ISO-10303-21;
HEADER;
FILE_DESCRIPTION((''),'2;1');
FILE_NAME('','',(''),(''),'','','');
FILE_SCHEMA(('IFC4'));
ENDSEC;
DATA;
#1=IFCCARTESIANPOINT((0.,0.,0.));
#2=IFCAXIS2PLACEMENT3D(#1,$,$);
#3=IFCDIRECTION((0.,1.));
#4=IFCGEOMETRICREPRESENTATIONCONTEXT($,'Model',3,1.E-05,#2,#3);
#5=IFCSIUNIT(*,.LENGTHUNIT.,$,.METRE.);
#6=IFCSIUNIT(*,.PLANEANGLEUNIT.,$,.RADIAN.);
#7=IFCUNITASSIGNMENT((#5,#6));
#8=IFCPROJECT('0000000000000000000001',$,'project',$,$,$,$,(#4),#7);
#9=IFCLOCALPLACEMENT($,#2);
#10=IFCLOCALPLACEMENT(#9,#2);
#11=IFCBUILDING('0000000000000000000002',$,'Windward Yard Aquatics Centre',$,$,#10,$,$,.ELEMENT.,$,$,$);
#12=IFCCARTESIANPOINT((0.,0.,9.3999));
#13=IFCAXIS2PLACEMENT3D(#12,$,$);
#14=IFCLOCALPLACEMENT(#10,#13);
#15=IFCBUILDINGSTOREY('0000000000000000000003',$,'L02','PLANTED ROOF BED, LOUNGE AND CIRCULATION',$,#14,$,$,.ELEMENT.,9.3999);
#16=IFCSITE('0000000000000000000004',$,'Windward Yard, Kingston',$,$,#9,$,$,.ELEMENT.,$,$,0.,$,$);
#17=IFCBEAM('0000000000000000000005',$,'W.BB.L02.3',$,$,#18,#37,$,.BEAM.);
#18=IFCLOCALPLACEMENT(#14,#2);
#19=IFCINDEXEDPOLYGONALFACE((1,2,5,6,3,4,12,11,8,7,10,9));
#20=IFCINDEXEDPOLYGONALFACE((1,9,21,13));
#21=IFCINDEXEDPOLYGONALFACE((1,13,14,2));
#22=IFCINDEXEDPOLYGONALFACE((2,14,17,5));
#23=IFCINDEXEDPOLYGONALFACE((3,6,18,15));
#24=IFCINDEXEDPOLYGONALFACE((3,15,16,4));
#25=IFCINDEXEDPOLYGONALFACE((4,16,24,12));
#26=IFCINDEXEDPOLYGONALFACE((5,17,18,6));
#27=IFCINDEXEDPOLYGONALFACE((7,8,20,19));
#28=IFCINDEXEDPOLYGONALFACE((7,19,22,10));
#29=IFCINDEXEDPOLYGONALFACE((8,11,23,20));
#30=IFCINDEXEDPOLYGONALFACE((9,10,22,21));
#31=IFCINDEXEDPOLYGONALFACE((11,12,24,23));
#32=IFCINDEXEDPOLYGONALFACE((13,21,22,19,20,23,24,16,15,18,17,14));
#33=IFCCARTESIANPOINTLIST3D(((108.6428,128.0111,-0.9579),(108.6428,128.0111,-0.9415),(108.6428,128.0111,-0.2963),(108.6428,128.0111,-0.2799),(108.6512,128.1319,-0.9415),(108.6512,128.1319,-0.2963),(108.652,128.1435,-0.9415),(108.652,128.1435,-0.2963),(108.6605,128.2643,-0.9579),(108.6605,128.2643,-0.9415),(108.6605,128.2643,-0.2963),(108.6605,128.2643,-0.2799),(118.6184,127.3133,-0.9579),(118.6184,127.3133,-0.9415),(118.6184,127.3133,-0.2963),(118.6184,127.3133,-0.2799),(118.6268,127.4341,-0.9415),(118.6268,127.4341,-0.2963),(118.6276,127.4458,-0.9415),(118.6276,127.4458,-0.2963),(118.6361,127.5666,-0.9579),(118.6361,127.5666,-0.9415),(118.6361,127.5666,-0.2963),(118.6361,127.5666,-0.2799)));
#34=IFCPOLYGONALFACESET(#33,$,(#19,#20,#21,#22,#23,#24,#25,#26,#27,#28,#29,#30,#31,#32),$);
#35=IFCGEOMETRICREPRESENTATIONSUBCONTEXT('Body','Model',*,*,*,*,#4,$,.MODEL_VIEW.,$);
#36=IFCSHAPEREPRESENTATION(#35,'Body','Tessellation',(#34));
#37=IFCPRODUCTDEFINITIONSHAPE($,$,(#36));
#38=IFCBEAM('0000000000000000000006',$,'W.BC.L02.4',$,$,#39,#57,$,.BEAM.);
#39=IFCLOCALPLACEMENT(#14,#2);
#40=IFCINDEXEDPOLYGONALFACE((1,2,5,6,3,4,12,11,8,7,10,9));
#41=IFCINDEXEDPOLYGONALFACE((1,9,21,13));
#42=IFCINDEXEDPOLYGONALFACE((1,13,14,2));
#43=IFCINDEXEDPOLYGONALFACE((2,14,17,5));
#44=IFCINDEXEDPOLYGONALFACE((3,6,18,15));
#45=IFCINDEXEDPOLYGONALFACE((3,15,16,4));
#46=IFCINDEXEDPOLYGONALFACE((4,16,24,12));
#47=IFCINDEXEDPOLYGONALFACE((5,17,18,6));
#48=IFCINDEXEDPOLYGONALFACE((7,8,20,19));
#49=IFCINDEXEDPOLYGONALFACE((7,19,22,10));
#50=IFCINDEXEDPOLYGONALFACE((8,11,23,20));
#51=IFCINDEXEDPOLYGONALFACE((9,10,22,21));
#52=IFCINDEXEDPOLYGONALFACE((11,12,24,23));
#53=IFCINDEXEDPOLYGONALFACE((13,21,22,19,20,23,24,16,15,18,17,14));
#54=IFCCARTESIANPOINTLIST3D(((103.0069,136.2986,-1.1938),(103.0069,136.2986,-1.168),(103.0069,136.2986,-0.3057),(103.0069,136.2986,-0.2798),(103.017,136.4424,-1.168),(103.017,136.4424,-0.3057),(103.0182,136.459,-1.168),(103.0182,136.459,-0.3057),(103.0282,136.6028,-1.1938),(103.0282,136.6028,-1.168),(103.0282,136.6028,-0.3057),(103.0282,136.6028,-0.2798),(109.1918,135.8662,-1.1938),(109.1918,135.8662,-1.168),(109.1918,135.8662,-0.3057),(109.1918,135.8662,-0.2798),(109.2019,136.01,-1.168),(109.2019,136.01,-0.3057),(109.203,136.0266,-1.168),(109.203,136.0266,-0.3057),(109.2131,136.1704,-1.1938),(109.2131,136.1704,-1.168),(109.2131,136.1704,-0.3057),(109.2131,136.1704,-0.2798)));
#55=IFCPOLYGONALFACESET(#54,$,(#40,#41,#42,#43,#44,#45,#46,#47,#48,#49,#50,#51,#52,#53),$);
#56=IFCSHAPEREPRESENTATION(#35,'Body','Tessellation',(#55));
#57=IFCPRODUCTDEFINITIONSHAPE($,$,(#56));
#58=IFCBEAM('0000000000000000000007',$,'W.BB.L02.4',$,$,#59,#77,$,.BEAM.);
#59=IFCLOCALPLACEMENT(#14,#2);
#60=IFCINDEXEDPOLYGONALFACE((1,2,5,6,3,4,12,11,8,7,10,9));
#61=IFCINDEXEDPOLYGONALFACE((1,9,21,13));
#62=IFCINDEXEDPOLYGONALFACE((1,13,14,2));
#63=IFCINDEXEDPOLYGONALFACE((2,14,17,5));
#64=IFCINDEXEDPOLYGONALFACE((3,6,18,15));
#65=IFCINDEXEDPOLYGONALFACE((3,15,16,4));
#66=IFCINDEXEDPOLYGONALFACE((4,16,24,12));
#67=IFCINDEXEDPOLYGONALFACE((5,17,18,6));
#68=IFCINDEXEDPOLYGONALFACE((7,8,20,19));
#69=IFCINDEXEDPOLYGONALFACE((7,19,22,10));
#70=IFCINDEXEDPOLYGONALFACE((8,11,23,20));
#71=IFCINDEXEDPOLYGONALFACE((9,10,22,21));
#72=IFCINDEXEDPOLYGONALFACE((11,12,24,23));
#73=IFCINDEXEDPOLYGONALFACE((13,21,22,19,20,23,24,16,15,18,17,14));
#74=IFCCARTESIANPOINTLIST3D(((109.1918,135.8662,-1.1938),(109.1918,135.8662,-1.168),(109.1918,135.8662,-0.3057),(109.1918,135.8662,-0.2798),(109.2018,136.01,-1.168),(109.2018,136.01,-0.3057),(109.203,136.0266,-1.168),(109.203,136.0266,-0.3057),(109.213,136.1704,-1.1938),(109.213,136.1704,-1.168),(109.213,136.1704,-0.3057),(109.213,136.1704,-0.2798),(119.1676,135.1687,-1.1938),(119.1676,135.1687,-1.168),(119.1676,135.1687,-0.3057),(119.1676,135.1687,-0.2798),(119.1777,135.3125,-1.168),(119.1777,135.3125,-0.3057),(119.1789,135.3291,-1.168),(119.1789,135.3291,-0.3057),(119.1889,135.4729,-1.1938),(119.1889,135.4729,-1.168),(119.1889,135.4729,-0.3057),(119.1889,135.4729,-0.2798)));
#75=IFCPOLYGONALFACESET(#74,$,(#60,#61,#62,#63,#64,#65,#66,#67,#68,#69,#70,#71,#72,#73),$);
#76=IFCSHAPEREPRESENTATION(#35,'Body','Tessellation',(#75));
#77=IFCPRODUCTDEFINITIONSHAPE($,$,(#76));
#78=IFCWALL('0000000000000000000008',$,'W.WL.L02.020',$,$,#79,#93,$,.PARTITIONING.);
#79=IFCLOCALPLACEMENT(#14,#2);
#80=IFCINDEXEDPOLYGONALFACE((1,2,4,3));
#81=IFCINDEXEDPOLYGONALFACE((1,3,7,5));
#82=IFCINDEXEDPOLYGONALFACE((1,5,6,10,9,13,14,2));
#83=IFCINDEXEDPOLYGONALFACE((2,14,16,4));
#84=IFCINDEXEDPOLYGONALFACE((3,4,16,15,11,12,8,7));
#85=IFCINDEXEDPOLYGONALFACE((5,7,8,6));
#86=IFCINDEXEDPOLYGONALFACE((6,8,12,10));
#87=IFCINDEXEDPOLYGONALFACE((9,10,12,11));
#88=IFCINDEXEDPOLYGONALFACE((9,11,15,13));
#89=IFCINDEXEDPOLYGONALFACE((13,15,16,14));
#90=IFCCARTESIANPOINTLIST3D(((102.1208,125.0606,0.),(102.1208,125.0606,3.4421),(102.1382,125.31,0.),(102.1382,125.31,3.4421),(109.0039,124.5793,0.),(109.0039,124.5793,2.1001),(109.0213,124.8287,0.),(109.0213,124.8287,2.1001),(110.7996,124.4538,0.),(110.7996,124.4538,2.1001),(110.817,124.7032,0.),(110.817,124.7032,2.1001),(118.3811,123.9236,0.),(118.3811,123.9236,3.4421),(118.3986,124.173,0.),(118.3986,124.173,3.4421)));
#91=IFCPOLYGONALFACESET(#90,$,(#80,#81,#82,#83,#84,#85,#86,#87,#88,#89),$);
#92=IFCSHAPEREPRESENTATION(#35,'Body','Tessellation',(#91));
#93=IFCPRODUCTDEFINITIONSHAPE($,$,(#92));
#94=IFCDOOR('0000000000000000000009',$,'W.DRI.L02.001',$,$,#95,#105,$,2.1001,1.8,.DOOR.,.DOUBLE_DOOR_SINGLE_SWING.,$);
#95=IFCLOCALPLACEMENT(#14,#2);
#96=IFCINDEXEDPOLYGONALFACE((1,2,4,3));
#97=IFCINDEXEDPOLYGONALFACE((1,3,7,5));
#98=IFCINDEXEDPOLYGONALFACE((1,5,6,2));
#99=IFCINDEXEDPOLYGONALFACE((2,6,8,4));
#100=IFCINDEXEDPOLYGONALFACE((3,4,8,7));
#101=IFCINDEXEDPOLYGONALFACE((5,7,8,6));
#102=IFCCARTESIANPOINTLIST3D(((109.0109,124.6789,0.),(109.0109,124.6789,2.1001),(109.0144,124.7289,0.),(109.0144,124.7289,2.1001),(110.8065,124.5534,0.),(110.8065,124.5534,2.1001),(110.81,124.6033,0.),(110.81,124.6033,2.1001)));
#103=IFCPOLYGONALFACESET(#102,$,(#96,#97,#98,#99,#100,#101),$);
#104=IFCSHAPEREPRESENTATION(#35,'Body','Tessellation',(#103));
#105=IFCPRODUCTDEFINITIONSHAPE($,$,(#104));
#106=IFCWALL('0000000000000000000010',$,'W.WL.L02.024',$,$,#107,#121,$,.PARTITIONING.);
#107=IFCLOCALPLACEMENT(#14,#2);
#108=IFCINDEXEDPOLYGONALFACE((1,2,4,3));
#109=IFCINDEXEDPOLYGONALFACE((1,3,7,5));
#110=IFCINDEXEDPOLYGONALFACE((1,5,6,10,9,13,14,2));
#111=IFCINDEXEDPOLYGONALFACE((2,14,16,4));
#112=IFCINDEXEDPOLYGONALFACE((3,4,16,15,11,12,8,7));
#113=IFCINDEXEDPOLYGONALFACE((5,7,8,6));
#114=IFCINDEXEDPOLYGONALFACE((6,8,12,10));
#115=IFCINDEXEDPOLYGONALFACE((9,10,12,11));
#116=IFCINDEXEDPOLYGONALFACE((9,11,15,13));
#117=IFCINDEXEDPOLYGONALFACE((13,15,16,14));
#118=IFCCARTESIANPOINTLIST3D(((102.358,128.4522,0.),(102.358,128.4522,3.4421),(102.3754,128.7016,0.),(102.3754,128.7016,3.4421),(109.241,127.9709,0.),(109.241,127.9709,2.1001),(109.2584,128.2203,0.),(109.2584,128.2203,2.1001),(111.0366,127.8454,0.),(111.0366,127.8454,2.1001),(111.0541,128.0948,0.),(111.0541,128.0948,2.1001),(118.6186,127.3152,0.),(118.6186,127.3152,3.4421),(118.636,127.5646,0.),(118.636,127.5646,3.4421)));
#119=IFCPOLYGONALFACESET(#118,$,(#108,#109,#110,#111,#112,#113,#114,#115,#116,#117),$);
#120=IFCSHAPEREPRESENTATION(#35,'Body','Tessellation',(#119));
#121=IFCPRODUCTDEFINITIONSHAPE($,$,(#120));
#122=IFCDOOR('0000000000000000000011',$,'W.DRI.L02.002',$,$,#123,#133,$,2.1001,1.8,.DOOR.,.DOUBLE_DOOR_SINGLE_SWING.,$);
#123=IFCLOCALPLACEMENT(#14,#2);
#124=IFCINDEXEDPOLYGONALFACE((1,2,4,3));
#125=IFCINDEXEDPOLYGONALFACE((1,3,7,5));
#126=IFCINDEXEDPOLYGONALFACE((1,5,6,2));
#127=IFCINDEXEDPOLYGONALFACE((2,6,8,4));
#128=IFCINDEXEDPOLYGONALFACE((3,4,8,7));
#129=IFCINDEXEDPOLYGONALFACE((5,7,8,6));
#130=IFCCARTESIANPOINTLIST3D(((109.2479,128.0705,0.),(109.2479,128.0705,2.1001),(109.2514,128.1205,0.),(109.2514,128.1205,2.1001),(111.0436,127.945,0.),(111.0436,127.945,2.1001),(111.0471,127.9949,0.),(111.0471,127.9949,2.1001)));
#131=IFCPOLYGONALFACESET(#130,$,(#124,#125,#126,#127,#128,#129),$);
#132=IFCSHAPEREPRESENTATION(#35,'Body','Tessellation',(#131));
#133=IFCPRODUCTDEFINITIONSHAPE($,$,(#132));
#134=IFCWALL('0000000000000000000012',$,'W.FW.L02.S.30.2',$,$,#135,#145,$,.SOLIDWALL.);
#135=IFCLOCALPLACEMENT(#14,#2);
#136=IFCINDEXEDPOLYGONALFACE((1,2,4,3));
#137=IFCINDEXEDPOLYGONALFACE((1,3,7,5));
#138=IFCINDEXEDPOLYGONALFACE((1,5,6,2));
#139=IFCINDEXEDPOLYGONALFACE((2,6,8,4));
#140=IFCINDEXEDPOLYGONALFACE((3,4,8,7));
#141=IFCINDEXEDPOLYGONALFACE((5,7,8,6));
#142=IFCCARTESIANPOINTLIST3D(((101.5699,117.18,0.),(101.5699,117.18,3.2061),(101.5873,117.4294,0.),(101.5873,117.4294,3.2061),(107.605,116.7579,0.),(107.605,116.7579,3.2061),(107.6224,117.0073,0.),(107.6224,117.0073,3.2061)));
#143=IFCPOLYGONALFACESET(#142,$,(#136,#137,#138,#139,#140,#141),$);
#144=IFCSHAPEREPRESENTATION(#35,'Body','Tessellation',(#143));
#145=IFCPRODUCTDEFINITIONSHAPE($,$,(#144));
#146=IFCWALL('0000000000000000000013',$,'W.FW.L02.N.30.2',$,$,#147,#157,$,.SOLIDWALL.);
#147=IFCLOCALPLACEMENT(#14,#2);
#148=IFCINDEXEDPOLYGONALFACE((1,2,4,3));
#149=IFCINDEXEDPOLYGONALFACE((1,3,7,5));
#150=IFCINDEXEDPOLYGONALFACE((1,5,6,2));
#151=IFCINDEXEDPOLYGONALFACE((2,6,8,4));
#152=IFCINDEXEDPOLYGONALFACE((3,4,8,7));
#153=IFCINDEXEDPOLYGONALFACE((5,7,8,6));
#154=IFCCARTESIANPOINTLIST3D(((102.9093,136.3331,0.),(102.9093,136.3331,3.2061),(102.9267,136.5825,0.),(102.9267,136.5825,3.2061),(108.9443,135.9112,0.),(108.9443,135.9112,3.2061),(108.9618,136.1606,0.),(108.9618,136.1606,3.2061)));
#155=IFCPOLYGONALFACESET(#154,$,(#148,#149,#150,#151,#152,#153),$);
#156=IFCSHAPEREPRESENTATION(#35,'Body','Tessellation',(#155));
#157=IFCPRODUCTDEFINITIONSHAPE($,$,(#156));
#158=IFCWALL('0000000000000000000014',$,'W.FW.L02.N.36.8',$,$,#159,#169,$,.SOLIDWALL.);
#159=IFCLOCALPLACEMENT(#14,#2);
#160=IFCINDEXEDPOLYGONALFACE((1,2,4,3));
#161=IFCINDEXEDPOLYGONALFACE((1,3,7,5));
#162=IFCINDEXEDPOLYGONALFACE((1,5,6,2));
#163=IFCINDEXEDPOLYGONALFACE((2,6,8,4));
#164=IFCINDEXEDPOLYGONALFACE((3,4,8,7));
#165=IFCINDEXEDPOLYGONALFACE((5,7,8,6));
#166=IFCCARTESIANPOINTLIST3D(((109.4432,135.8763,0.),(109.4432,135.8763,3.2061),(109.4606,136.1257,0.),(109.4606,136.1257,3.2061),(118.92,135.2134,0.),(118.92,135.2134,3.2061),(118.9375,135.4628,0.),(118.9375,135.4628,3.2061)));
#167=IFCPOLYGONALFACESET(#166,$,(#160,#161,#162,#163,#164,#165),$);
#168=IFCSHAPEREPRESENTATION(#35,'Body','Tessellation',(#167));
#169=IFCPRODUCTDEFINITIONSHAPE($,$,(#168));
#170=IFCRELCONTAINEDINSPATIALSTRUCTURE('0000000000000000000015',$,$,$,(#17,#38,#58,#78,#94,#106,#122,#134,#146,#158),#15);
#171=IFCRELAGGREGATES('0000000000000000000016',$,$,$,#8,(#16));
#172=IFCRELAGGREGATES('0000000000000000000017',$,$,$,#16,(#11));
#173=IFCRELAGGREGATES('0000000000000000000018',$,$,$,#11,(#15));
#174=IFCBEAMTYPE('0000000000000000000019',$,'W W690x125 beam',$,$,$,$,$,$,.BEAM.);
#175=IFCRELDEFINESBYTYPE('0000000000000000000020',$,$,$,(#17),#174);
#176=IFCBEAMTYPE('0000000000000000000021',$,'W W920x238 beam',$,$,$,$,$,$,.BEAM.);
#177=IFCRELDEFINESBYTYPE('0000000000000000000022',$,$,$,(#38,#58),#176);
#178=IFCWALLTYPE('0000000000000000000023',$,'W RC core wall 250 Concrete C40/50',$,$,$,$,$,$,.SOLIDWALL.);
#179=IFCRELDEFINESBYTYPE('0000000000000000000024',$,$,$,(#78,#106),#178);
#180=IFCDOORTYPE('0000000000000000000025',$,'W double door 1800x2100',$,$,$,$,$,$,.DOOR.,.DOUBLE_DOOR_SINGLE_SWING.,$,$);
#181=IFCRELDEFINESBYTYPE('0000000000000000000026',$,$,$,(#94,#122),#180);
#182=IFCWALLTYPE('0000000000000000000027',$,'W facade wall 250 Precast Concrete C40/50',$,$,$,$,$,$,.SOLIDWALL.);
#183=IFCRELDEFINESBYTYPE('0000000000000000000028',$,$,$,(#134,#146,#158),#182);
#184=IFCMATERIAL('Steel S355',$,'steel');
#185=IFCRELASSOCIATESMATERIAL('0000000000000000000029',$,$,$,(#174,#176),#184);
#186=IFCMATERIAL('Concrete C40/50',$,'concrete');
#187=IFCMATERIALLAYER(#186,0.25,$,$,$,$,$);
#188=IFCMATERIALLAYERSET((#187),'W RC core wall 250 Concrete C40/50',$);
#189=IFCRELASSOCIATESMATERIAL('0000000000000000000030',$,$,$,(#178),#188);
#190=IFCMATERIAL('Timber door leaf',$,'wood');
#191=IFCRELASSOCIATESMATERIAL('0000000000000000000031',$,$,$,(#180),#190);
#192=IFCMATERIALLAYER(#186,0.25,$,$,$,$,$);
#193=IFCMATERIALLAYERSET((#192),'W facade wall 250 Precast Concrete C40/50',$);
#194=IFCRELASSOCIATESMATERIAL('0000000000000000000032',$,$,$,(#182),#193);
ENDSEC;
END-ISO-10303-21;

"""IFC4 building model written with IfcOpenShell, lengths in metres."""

from ifc_helpers import new_model, si_unit, direction, frame, frame_2d, origin, origin_2d, place, context, subcontext, project, spatial, rectangle, i_section, extrude, material, layer, layer_set, material_profile, profile_set, type_object, element, fill, save


model = new_model("IFC4")

# Units and contexts
model_context = context("Model", 3, precision=1e-05, world=origin(), true_north=direction((0.0, 1.0)))
body_context = subcontext(model_context, "Body", "Model", "MODEL_VIEW")
ifc_project = project(units=[si_unit("LENGTHUNIT", "METRE"), si_unit("PLANEANGLEUNIT", "RADIAN")], contexts=[model_context])

# Site, building, storey
site_placement = place(None, origin())
site = spatial("IfcSite", under=ifc_project, at=site_placement, Name="Windward Yard, Kingston", CompositionType="ELEMENT", RefElevation=0.0)
building_placement = place(site_placement, origin())
building = spatial("IfcBuilding", under=site, at=building_placement, Name="Windward Yard Aquatics Centre", CompositionType="ELEMENT")
storey_placement = place(building_placement, frame((0.0, 0.0, 9.3999)))
storey = spatial("IfcBuildingStorey", under=building, at=storey_placement, Name="L02", Description="PLANTED ROOF BED, LOUNGE AND CIRCULATION", CompositionType="ELEMENT", Elevation=9.3999)

# Beams
ifc_material_1 = material(Name="Concrete C40/50", Category="concrete")
ifc_material_2 = material(Name="Steel S355", Category="steel")
ifc_material_profile_1 = material_profile(ifc_material_2, i_section(OverallWidth=0.2539, OverallDepth=0.678, WebThickness=0.0117, FlangeThickness=0.0164, at=origin_2d()), Name="W690x125")
ifc_profile_set_1 = profile_set([ifc_material_profile_1], Name="Steel S355")
beam_type_1 = type_object("IfcBeamType", Name="W W690x125 beam", PredefinedType="BEAM", material=ifc_profile_set_1)
beam_1_placement = place(storey_placement, frame((108.6516, 128.1377, -0.6189), z_axis=(0.997563, -0.069776, 0.0), x_axis=(0.069776, 0.997563, 0.0)))
element("IfcBeam", 1, at=beam_1_placement, inside=storey, type_object=beam_type_1, Name="W.BB.L02.3", PredefinedType="BEAM", context=body_context, shape_type="SweptSolid", body=[
    extrude(i_section(OverallWidth=0.2539, OverallDepth=0.678, WebThickness=0.0117, FlangeThickness=0.0164, at=origin_2d()), origin(), (0.0, 0.0, 1.0), 10.0),
])
ifc_material_profile_2 = material_profile(ifc_material_2, i_section(OverallWidth=0.3049, OverallDepth=0.9141, WebThickness=0.0166, FlangeThickness=0.0259, at=origin_2d()), Name="W920x238")
ifc_profile_set_2 = profile_set([ifc_material_profile_2], Name="Steel S355")
beam_type_2 = type_object("IfcBeamType", Name="W W920x238 beam", PredefinedType="BEAM", material=ifc_profile_set_2)
beam_2_placement = place(storey_placement, frame((103.0176, 136.4507, -0.7368), z_axis=(0.997565, -0.069739, 0.0), x_axis=(0.069739, 0.997565, 0.0)))
element("IfcBeam", 2, at=beam_2_placement, inside=storey, type_object=beam_type_2, Name="W.BC.L02.4", PredefinedType="BEAM", context=body_context, shape_type="SweptSolid", body=[
    extrude(i_section(OverallWidth=0.3049, OverallDepth=0.9141, WebThickness=0.0166, FlangeThickness=0.0259, at=origin_2d()), origin(), (0.0, 0.0, 1.0), 6.2),
])
beam_3_placement = place(storey_placement, frame((109.2024, 136.0183, -0.7368), z_axis=(0.997565, -0.06975, 0.0), x_axis=(0.06975, 0.997565, 0.0)))
element("IfcBeam", 3, at=beam_3_placement, inside=storey, type_object=beam_type_2, Name="W.BB.L02.4", PredefinedType="BEAM", context=body_context, shape_type="SweptSolid", body=[
    extrude(i_section(OverallWidth=0.3049, OverallDepth=0.9141, WebThickness=0.0166, FlangeThickness=0.0259, at=origin_2d()), origin(), (0.0, 0.0, 1.0), 10.0002),
])

# Walls, openings, doors
ifc_layer_1 = layer(ifc_material_1, 0.25)
ifc_layer_set_1 = layer_set([ifc_layer_1], Name="W RC core wall 250 Concrete C40/50")
wall_type_1 = type_object("IfcWallType", Name="W RC core wall 250 Concrete C40/50", PredefinedType="SOLIDWALL", material=ifc_layer_set_1)
wall_1_placement = place(storey_placement, frame((102.1296, 125.1853, 0.0), z_axis=(0.0, 0.0, 1.0), x_axis=(0.997564, -0.069753, 0.0)))
wall_1 = element("IfcWall", 4, at=wall_1_placement, inside=storey, type_object=wall_type_1, Name="W.WL.L02.020", PredefinedType="PARTITIONING", context=body_context, shape_type="SweptSolid", body=[
    extrude(rectangle(XDim=16.3, YDim=0.25, at=frame_2d((8.1499, 0.0))), origin(), (0.0, 0.0, 1.0), 3.4421),
])
opening_1_placement = place(wall_1_placement, frame((6.8999, 0.0, 0.0)))
opening_1 = element("IfcOpeningElement", 5, at=opening_1_placement, cuts=wall_1, PredefinedType="OPENING", context=body_context, shape_type="SweptSolid", body=[
    extrude(rectangle(XDim=1.8, YDim=2.1001, at=frame_2d((0.8999, 1.05))), frame((0.0, 0.135, 0.0), z_axis=(0.0, -1.0, 0.0), x_axis=(1.0, 0.0, 0.0)), (0.0, 0.0, 1.0), 0.27),
])
ifc_material_3 = material(Name="Timber door leaf", Category="wood")
door_type = type_object("IfcDoorType", Name="W double door 1800x2100", OperationType="DOUBLE_DOOR_SINGLE_SWING", PredefinedType="DOOR", material=ifc_material_3)
door_1_placement = place(opening_1_placement, origin())
door_1 = element("IfcDoor", 6, at=door_1_placement, inside=storey, type_object=door_type, Name="W.DRI.L02.001", OperationType="DOUBLE_DOOR_SINGLE_SWING", OverallHeight=2.1001, OverallWidth=1.8, PredefinedType="DOOR", context=body_context, shape_type="SweptSolid", body=[
    extrude(rectangle(XDim=1.8, YDim=2.1001, at=frame_2d((0.8999, 1.05))), frame((0.0, 0.0249, 0.0), z_axis=(0.0, -1.0, 0.0), x_axis=(1.0, 0.0, 0.0)), (0.0, 0.0, 1.0), 0.05),
])
fill(opening_1, door_1)
wall_2_placement = place(storey_placement, frame((102.3667, 128.5769, 0.0), z_axis=(0.0, 0.0, 1.0), x_axis=(0.997564, -0.069751, 0.0)))
wall_2 = element("IfcWall", 7, at=wall_2_placement, inside=storey, type_object=wall_type_1, Name="W.WL.L02.024", PredefinedType="PARTITIONING", context=body_context, shape_type="SweptSolid", body=[
    extrude(rectangle(XDim=16.3003, YDim=0.25, at=frame_2d((8.1501, 0.0))), origin(), (0.0, 0.0, 1.0), 3.4421),
])
opening_2_placement = place(wall_2_placement, frame((6.8999, 0.0, 0.0)))
opening_2 = element("IfcOpeningElement", 8, at=opening_2_placement, cuts=wall_2, PredefinedType="OPENING", context=body_context, shape_type="SweptSolid", body=[
    extrude(rectangle(XDim=1.8, YDim=2.1001, at=frame_2d((0.8999, 1.05))), frame((0.0, 0.135, 0.0), z_axis=(0.0, -1.0, 0.0), x_axis=(1.0, 0.0, 0.0)), (0.0, 0.0, 1.0), 0.27),
])
door_2_placement = place(opening_2_placement, origin())
door_2 = element("IfcDoor", 9, at=door_2_placement, inside=storey, type_object=door_type, Name="W.DRI.L02.002", OperationType="DOUBLE_DOOR_SINGLE_SWING", OverallHeight=2.1001, OverallWidth=1.8, PredefinedType="DOOR", context=body_context, shape_type="SweptSolid", body=[
    extrude(rectangle(XDim=1.8, YDim=2.1001, at=frame_2d((0.8999, 1.05))), frame((0.0, 0.0249, 0.0), z_axis=(0.0, -1.0, 0.0), x_axis=(1.0, 0.0, 0.0)), (0.0, 0.0, 1.0), 0.05),
])
fill(opening_2, door_2)

# Walls
ifc_layer_2 = layer(ifc_material_1, 0.25)
ifc_layer_set_2 = layer_set([ifc_layer_2], Name="W facade wall 250 Precast Concrete C40/50")
wall_type_2 = type_object("IfcWallType", Name="W facade wall 250 Precast Concrete C40/50", PredefinedType="SOLIDWALL", material=ifc_layer_set_2)
for number, where, z_axis, x_axis, name in (
    (10, (101.5786, 117.3047, 0.0), (0.0, 0.0, 1.0), (0.997563, -0.069773, 0.0), "W.FW.L02.S.30.2"),
    (11, (102.918, 136.4578, 0.0), (0.0, 0.0, 1.0), (0.997566, -0.069733, 0.0), "W.FW.L02.N.30.2"),
):
    element("IfcWall", number, at=place(storey_placement, frame(where, z_axis=z_axis, x_axis=x_axis)), inside=storey, type_object=wall_type_2, Name=name, PredefinedType="SOLIDWALL", context=body_context, shape_type="SweptSolid", body=[
        extrude(rectangle(XDim=6.0498, YDim=0.25, at=frame_2d((3.0249, 0.0))), origin(), (0.0, 0.0, 1.0), 3.2061),
    ])
wall_3_placement = place(storey_placement, frame((109.4519, 136.001, 0.0), z_axis=(0.0, 0.0, 1.0), x_axis=(0.997563, -0.069773, 0.0)))
element("IfcWall", 12, at=wall_3_placement, inside=storey, type_object=wall_type_2, Name="W.FW.L02.N.36.8", PredefinedType="SOLIDWALL", context=body_context, shape_type="SweptSolid", body=[
    extrude(rectangle(XDim=9.5, YDim=0.25, at=frame_2d((4.75, 0.0))), origin(), (0.0, 0.0, 1.0), 3.2061),
])

save(model, "model.ifc")
